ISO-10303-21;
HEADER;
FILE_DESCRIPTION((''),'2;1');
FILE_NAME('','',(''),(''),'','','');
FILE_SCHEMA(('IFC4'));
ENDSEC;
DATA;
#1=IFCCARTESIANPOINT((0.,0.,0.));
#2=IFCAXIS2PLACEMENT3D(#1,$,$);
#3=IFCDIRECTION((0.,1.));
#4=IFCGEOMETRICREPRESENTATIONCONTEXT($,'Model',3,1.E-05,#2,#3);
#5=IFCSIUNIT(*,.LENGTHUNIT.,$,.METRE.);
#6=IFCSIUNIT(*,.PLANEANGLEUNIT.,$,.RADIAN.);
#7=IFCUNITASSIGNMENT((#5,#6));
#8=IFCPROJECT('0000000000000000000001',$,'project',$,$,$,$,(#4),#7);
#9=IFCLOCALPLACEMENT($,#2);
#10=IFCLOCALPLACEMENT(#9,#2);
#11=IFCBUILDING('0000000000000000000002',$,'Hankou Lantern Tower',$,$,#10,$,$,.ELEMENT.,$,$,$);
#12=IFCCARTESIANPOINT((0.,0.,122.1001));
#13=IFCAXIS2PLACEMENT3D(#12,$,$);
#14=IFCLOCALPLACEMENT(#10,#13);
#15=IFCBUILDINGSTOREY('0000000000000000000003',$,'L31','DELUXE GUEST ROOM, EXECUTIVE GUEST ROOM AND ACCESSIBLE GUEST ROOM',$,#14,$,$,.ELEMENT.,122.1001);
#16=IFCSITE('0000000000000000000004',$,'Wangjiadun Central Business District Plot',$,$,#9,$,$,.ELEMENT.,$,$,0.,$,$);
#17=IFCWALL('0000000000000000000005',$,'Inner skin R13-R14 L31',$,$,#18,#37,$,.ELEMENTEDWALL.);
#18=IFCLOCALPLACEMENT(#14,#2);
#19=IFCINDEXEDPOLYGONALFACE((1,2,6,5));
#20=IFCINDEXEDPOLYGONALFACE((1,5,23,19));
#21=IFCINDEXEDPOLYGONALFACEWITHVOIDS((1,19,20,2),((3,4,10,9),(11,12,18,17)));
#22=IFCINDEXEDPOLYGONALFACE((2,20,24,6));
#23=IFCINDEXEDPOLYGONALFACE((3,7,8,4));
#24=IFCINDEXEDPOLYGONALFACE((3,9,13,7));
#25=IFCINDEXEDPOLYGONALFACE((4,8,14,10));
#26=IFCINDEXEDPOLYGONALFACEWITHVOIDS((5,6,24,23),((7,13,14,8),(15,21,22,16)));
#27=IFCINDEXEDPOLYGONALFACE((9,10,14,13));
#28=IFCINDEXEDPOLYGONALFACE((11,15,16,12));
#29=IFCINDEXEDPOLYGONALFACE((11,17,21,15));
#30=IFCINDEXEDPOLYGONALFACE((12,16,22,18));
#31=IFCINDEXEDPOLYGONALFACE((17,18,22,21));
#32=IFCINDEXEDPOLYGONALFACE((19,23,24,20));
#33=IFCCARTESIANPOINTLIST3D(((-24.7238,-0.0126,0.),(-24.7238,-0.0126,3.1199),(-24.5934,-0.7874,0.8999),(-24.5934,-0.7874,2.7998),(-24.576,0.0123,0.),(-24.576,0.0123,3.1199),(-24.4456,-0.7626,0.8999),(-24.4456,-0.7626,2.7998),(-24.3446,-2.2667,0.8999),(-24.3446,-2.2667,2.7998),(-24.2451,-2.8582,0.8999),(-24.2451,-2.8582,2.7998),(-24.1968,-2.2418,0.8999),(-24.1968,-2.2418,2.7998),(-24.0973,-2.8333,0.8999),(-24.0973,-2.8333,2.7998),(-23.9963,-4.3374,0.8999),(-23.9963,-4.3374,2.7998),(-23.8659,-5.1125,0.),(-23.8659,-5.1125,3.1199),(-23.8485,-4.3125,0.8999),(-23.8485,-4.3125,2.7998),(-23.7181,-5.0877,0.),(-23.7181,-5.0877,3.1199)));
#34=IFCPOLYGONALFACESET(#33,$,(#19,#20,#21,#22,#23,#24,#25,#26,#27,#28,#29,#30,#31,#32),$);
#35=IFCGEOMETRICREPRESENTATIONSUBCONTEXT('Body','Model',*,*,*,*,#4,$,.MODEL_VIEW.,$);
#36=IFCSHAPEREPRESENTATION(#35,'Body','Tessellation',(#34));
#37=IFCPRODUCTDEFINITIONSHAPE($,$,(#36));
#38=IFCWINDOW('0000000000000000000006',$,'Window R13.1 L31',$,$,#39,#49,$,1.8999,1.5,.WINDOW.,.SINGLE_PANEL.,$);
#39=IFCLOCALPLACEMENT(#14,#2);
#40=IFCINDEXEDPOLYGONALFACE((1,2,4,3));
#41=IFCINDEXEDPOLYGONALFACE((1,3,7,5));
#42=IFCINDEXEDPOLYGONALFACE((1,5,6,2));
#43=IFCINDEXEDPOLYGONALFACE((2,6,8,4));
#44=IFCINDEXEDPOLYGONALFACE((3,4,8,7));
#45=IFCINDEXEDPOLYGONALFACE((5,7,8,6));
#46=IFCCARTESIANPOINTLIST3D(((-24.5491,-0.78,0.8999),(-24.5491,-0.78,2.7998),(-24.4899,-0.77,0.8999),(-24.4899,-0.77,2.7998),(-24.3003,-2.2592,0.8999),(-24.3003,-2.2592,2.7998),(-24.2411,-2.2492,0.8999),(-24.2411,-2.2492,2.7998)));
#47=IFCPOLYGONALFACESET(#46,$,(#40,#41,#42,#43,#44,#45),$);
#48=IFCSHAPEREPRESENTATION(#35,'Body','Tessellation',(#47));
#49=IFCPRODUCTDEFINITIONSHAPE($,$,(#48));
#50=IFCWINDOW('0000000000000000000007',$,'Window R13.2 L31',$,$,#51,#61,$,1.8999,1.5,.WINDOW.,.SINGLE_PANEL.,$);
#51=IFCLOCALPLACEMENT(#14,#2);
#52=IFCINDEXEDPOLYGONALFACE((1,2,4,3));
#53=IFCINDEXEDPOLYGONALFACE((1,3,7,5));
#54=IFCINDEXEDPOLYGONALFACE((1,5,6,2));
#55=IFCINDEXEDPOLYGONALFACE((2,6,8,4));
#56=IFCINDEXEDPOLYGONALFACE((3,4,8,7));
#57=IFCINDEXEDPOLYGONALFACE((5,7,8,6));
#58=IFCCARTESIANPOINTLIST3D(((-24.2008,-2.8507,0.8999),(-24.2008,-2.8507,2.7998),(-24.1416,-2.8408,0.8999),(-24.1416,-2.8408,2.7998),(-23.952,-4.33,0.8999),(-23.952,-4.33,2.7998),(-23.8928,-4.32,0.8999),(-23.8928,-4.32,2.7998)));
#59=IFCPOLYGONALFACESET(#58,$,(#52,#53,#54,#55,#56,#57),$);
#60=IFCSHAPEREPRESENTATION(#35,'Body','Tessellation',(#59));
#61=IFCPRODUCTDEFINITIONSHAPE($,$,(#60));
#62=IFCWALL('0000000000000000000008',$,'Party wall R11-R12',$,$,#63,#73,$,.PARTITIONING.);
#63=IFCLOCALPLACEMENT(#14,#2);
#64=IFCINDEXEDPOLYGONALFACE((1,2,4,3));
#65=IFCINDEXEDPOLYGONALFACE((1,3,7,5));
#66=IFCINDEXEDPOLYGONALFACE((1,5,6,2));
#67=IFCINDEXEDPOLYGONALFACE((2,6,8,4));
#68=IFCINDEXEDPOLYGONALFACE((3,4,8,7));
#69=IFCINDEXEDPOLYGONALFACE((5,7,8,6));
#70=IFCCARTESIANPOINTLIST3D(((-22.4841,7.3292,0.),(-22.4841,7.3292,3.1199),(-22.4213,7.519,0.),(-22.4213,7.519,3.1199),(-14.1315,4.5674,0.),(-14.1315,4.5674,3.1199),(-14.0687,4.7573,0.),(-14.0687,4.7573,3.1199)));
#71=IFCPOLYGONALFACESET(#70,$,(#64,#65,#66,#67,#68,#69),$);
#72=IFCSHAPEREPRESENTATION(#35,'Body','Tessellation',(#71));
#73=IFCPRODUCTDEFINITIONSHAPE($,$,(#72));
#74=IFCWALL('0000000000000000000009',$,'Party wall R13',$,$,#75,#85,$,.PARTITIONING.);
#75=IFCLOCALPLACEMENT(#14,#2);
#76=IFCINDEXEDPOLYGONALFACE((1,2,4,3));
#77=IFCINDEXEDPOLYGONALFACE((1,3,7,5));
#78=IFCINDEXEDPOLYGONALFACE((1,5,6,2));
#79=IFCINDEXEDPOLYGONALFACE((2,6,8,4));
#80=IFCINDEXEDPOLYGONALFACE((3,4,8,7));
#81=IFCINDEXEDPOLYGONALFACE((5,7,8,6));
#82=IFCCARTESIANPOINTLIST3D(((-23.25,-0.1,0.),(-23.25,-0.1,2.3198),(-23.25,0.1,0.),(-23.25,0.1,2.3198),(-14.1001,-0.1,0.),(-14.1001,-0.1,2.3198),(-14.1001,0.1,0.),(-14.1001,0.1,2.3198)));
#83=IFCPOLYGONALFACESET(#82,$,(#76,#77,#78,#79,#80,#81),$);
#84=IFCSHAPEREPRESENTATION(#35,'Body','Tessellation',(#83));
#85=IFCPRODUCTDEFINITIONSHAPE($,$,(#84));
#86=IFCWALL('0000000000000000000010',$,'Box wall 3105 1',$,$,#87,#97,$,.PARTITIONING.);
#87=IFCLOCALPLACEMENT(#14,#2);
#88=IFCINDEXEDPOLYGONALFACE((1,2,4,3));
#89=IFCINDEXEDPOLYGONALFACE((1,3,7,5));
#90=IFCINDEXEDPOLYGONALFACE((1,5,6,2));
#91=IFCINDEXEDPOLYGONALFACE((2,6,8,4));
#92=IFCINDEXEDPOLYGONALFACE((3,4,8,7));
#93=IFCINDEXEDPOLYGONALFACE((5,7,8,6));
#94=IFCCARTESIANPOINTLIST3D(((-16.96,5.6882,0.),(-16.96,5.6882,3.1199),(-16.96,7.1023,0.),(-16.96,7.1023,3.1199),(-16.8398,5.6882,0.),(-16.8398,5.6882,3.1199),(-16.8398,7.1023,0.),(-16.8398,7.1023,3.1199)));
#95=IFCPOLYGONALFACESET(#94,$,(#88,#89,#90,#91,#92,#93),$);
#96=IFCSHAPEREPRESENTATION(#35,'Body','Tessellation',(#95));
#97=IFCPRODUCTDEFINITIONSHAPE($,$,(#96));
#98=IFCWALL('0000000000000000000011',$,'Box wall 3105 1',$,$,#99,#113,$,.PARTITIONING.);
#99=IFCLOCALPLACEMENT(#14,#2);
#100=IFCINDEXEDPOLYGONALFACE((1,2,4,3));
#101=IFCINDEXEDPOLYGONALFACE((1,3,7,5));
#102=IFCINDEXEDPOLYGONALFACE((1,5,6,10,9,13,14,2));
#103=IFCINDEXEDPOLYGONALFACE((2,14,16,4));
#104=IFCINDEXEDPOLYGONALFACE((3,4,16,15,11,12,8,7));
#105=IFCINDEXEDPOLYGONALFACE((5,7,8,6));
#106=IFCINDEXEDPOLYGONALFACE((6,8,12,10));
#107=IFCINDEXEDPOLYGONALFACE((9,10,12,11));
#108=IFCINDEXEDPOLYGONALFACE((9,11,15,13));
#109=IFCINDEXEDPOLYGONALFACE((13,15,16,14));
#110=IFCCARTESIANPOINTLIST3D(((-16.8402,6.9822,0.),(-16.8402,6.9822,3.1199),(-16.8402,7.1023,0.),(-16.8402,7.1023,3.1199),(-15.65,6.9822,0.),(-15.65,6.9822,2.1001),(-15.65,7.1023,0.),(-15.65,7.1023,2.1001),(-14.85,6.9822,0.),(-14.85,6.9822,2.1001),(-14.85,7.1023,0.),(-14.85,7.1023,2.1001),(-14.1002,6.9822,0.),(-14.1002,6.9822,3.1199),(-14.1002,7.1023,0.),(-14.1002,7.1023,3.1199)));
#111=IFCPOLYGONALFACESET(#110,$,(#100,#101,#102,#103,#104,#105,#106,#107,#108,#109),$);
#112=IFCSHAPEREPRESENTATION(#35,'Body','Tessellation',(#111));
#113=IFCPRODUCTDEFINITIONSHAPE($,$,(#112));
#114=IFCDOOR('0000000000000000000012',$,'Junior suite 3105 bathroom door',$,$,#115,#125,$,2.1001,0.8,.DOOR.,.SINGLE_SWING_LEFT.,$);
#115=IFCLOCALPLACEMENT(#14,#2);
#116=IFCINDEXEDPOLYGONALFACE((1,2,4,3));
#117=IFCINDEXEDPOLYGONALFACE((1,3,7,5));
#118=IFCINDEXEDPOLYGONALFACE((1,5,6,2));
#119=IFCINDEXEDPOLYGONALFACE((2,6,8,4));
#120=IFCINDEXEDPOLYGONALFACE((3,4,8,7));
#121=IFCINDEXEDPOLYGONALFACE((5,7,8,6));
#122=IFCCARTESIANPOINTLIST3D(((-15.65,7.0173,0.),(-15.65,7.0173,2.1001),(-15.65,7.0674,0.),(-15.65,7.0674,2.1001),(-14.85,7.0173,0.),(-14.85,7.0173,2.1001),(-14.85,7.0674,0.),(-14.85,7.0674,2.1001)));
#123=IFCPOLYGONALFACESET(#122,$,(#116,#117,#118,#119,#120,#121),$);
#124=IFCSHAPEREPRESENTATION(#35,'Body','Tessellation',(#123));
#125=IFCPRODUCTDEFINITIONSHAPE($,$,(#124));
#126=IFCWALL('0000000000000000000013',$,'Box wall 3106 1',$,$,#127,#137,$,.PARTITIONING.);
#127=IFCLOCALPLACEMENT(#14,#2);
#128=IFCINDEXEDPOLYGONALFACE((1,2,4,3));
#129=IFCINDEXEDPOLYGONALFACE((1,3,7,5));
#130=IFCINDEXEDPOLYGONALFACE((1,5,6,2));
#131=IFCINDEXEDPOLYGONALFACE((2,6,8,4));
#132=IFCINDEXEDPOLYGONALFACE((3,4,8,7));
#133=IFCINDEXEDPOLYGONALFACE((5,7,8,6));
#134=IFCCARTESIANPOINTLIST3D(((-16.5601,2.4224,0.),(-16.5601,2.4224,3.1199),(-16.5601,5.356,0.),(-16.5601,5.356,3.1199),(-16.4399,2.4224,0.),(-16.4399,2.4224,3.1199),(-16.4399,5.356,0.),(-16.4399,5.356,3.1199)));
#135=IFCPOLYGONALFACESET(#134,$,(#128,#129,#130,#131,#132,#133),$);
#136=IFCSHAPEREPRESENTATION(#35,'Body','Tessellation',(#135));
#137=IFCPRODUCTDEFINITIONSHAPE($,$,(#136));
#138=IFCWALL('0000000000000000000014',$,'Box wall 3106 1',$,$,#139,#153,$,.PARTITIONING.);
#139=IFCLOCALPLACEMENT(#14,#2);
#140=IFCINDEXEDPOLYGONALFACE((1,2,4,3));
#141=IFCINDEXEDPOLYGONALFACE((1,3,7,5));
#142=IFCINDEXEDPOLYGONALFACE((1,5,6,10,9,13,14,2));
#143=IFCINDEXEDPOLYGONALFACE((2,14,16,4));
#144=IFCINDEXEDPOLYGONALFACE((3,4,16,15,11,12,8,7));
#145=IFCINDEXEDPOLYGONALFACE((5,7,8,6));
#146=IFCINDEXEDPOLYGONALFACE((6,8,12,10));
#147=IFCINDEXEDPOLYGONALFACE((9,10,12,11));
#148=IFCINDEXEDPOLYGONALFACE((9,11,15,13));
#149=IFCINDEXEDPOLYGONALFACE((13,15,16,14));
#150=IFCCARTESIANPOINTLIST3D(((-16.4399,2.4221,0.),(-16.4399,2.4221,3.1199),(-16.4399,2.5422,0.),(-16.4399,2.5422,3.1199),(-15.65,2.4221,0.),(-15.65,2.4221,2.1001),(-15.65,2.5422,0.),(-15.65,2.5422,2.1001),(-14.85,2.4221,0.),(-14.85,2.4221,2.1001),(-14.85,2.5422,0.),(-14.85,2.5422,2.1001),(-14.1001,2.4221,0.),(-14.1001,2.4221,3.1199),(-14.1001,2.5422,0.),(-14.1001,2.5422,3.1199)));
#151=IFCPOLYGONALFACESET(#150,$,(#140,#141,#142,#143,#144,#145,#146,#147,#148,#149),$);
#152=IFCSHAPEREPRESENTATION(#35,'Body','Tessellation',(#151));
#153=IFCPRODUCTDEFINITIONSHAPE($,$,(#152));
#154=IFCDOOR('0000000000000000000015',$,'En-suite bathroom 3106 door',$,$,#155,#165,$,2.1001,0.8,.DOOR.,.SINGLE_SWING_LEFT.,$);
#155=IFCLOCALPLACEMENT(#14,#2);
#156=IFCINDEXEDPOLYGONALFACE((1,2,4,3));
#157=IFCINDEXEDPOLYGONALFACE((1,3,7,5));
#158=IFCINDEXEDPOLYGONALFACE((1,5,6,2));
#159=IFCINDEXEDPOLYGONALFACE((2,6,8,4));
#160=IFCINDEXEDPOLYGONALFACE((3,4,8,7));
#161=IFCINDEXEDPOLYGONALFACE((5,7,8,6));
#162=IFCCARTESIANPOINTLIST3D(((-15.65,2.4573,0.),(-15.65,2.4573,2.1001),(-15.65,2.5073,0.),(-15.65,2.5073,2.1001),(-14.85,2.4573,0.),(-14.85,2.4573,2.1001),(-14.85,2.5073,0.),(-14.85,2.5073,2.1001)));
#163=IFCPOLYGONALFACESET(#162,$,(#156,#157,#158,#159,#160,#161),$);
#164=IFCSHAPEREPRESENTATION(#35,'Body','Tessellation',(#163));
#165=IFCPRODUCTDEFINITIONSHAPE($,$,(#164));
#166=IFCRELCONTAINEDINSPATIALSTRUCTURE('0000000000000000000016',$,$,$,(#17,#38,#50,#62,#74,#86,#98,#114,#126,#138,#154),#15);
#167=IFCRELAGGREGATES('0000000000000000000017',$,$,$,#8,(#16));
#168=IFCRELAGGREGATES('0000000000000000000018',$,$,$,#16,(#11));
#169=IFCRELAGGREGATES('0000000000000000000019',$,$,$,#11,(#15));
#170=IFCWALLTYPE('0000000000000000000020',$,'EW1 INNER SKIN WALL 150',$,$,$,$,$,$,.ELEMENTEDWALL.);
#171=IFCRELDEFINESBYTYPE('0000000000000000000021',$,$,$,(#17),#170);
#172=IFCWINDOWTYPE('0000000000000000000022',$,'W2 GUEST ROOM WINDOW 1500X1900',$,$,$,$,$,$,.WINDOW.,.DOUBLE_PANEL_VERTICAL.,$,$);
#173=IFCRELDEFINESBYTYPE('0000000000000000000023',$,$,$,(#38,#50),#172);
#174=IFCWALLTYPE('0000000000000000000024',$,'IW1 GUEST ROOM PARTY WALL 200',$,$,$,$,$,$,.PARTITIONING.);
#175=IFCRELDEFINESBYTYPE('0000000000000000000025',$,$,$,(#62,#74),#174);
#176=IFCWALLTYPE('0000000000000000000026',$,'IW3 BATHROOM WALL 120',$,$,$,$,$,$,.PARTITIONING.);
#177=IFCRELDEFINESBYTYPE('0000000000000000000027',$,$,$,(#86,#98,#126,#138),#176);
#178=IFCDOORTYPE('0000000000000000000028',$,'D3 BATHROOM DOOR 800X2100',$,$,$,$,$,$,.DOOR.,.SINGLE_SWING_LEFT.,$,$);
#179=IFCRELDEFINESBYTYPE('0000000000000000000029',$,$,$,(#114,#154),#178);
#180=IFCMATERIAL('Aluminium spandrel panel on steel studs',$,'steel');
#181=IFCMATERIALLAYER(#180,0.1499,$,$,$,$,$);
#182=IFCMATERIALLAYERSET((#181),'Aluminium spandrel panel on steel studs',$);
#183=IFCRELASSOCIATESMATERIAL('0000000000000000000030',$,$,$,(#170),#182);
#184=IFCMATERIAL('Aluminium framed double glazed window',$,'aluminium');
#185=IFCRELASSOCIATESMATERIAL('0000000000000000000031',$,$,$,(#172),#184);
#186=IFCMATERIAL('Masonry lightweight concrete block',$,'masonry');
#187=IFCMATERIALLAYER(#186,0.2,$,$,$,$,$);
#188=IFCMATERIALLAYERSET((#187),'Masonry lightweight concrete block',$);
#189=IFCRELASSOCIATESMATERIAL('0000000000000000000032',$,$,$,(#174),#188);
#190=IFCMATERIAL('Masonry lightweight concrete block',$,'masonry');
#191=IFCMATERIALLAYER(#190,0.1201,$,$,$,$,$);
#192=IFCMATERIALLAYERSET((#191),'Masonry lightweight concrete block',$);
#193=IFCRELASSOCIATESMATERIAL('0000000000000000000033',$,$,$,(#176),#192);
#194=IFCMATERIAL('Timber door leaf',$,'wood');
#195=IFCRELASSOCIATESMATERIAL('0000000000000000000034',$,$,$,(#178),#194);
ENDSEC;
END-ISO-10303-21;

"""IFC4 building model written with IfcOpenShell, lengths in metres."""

from ifc_helpers import new_model, si_unit, direction, frame, frame_2d, origin, place, context, subcontext, project, spatial, rectangle, extrude, material, layer, layer_set, type_object, element, fill, save


model = new_model("IFC4")

# Units and contexts
model_context = context("Model", 3, precision=1e-05, world=origin(), true_north=direction((0.0, 1.0)))
body_context = subcontext(model_context, "Body", "Model", "MODEL_VIEW")
ifc_project = project(units=[si_unit("LENGTHUNIT", "METRE"), si_unit("PLANEANGLEUNIT", "RADIAN")], contexts=[model_context])

# Site, building, storey
site_placement = place(None, origin())
site = spatial("IfcSite", under=ifc_project, at=site_placement, Name="Wangjiadun Central Business District Plot", CompositionType="ELEMENT", RefElevation=0.0)
building_placement = place(site_placement, origin())
building = spatial("IfcBuilding", under=site, at=building_placement, Name="Hankou Lantern Tower", CompositionType="ELEMENT")
storey_placement = place(building_placement, frame((0.0, 0.0, 122.1001)))
storey = spatial("IfcBuildingStorey", under=building, at=storey_placement, Name="L31", Description="DELUXE GUEST ROOM, EXECUTIVE GUEST ROOM AND ACCESSIBLE GUEST ROOM", CompositionType="ELEMENT", Elevation=122.1001)

# Wall, openings, windows
ifc_material_1 = material(Name="Aluminium spandrel panel on steel studs", Category="steel")
ifc_layer_1 = layer(ifc_material_1, 0.1499)
ifc_layer_set_1 = layer_set([ifc_layer_1], Name="Aluminium spandrel panel on steel studs")
wall_type_1 = type_object("IfcWallType", Name="EW1 INNER SKIN WALL 150", PredefinedType="ELEMENTEDWALL", material=ifc_layer_set_1)
ifc_material_2 = material(Name="Aluminium framed double glazed window", Category="aluminium")
window_type = type_object("IfcWindowType", Name="W2 GUEST ROOM WINDOW 1500X1900", PartitioningType="DOUBLE_PANEL_VERTICAL", PredefinedType="WINDOW", material=ifc_material_2)
wall_1_placement = place(storey_placement, frame((-24.6499, 0.0, 0.0), z_axis=(0.0, 0.0, 1.0), x_axis=(0.165884, -0.986145, 0.0)))
wall_1 = element("IfcWall", 1, at=wall_1_placement, inside=storey, type_object=wall_type_1, Name="Inner skin R13-R14 L31", PredefinedType="ELEMENTEDWALL", context=body_context, shape_type="SweptSolid", body=[
    extrude(rectangle(XDim=5.1716, YDim=0.1499, at=frame_2d((2.5859, 0.0))), origin(), (0.0, 0.0, 1.0), 3.1199),
])
opening_1_placement = place(wall_1_placement, frame((0.7859, 0.0, 0.8999)))
opening_1 = element("IfcOpeningElement", 2, at=opening_1_placement, cuts=wall_1, PredefinedType="OPENING", context=body_context, shape_type="SweptSolid", body=[
    extrude(rectangle(XDim=1.5, YDim=1.8999, at=frame_2d((0.75, 0.95))), frame((0.0, 0.085, 0.0), z_axis=(0.0, -1.0, 0.0), x_axis=(1.0, 0.0, 0.0)), (0.0, 0.0, 1.0), 0.1699),
])
opening_2_placement = place(wall_1_placement, frame((2.8857, 0.0, 0.8999)))
opening_2 = element("IfcOpeningElement", 3, at=opening_2_placement, cuts=wall_1, PredefinedType="OPENING", context=body_context, shape_type="SweptSolid", body=[
    extrude(rectangle(XDim=1.5, YDim=1.8999, at=frame_2d((0.75, 0.95))), frame((0.0, 0.085, 0.0), z_axis=(0.0, -1.0, 0.0), x_axis=(1.0, 0.0, 0.0)), (0.0, 0.0, 1.0), 0.1699),
])
window_1_placement = place(opening_1_placement, origin())
window_1 = element("IfcWindow", 4, at=window_1_placement, inside=storey, type_object=window_type, Name="Window R13.1 L31", OverallHeight=1.8999, OverallWidth=1.5, PartitioningType="SINGLE_PANEL", PredefinedType="WINDOW", context=body_context, shape_type="SweptSolid", body=[
    extrude(rectangle(XDim=1.5, YDim=1.8999, at=frame_2d((0.75, 0.95))), frame((0.0, 0.03, 0.0), z_axis=(0.0, -1.0, 0.0), x_axis=(1.0, 0.0, 0.0)), (0.0, 0.0, 1.0), 0.0601),
])
fill(opening_1, window_1)
window_2_placement = place(opening_2_placement, origin())
window_2 = element("IfcWindow", 5, at=window_2_placement, inside=storey, type_object=window_type, Name="Window R13.2 L31", OverallHeight=1.8999, OverallWidth=1.5, PartitioningType="SINGLE_PANEL", PredefinedType="WINDOW", context=body_context, shape_type="SweptSolid", body=[
    extrude(rectangle(XDim=1.5, YDim=1.8999, at=frame_2d((0.75, 0.95))), frame((0.0, 0.03, 0.0), z_axis=(0.0, -1.0, 0.0), x_axis=(1.0, 0.0, 0.0)), (0.0, 0.0, 1.0), 0.0601),
])
fill(opening_2, window_2)

# Walls
ifc_material_3 = material(Name="Masonry lightweight concrete block", Category="masonry")
ifc_layer_2 = layer(ifc_material_3, 0.2)
ifc_layer_set_2 = layer_set([ifc_layer_2], Name="Masonry lightweight concrete block")
wall_type_2 = type_object("IfcWallType", Name="IW1 GUEST ROOM PARTY WALL 200", PredefinedType="PARTITIONING", material=ifc_layer_set_2)
wall_2_placement = place(storey_placement, frame((-14.1001, 4.6624, 0.0), z_axis=(0.0, 0.0, 1.0), x_axis=(-0.949446, 0.313929, 0.0)))
element("IfcWall", 6, at=wall_2_placement, inside=storey, type_object=wall_type_2, Name="Party wall R11-R12", PredefinedType="PARTITIONING", context=body_context, shape_type="SweptSolid", body=[
    extrude(rectangle(XDim=8.7974, YDim=0.2, at=frame_2d((4.3987, 0.0))), origin(), (0.0, 0.0, 1.0), 3.1199),
])
wall_3_placement = place(storey_placement, frame((-14.1001, 0.0, 0.0), z_axis=(0.0, 0.0, 1.0), x_axis=(-1.0, 0.0, 0.0)))
element("IfcWall", 7, at=wall_3_placement, inside=storey, type_object=wall_type_2, Name="Party wall R13", PredefinedType="PARTITIONING", context=body_context, shape_type="SweptSolid", body=[
    extrude(rectangle(XDim=9.1499, YDim=0.2, at=frame_2d((4.575, 0.0))), origin(), (0.0, 0.0, 1.0), 2.3198),
])
ifc_material_4 = material(Name="Masonry lightweight concrete block", Category="masonry")
ifc_layer_3 = layer(ifc_material_4, 0.1201)
ifc_layer_set_3 = layer_set([ifc_layer_3], Name="Masonry lightweight concrete block")
wall_type_3 = type_object("IfcWallType", Name="IW3 BATHROOM WALL 120", PredefinedType="PARTITIONING", material=ifc_layer_set_3)
wall_4_placement = place(storey_placement, frame((-16.8999, 5.6882, 0.0), z_axis=(0.0, 0.0, 1.0), x_axis=(0.0, 1.0, 0.0)))
element("IfcWall", 8, at=wall_4_placement, inside=storey, type_object=wall_type_3, Name="Box wall 3105 1", PredefinedType="PARTITIONING", context=body_context, shape_type="SweptSolid", body=[
    extrude(rectangle(XDim=1.4141, YDim=0.1201, at=frame_2d((0.707, 0.0))), origin(), (0.0, 0.0, 1.0), 3.1199),
])

# Wall, opening, door
wall_5_placement = place(storey_placement, frame((-14.1001, 7.0422, 0.0), z_axis=(0.0, 0.0, 1.0), x_axis=(-1.0, 0.0, 0.0)))
wall_5 = element("IfcWall", 9, at=wall_5_placement, inside=storey, type_object=wall_type_3, Name="Box wall 3105 1", PredefinedType="PARTITIONING", context=body_context, shape_type="SweptSolid", body=[
    extrude(rectangle(XDim=2.74, YDim=0.1201, at=frame_2d((1.3701, 0.0))), origin(), (0.0, 0.0, 1.0), 3.1199),
])
opening_3_placement = place(wall_5_placement, frame((0.75, 0.0, 0.0)))
opening_3 = element("IfcOpeningElement", 10, at=opening_3_placement, cuts=wall_5, PredefinedType="OPENING", context=body_context, shape_type="SweptSolid", body=[
    extrude(rectangle(XDim=0.8, YDim=2.1001, at=frame_2d((0.3999, 1.05))), frame((0.0, 0.0701, 0.0), z_axis=(0.0, -1.0, 0.0), x_axis=(1.0, 0.0, 0.0)), (0.0, 0.0, 1.0), 0.1401),
])
ifc_material_5 = material(Name="Timber door leaf", Category="wood")
door_type = type_object("IfcDoorType", Name="D3 BATHROOM DOOR 800X2100", OperationType="SINGLE_SWING_LEFT", PredefinedType="DOOR", material=ifc_material_5)
door_1_placement = place(opening_3_placement, origin())
door_1 = element("IfcDoor", 11, at=door_1_placement, inside=storey, type_object=door_type, Name="Junior suite 3105 bathroom door", OperationType="SINGLE_SWING_LEFT", OverallHeight=2.1001, OverallWidth=0.8, PredefinedType="DOOR", context=body_context, shape_type="SweptSolid", body=[
    extrude(rectangle(XDim=0.8, YDim=2.1001, at=frame_2d((0.3999, 1.05))), frame((0.0, 0.0249, 0.0), z_axis=(0.0, -1.0, 0.0), x_axis=(1.0, 0.0, 0.0)), (0.0, 0.0, 1.0), 0.05),
])
fill(opening_3, door_1)

# Wall
wall_6_placement = place(storey_placement, frame((-16.5, 5.356, 0.0), z_axis=(0.0, 0.0, 1.0), x_axis=(0.0, -1.0, 0.0)))
element("IfcWall", 12, at=wall_6_placement, inside=storey, type_object=wall_type_3, Name="Box wall 3106 1", PredefinedType="PARTITIONING", context=body_context, shape_type="SweptSolid", body=[
    extrude(rectangle(XDim=2.9336, YDim=0.1201, at=frame_2d((1.4668, 0.0))), origin(), (0.0, 0.0, 1.0), 3.1199),
])

# Wall, opening, door
wall_7_placement = place(storey_placement, frame((-14.1001, 2.4822, 0.0), z_axis=(0.0, 0.0, 1.0), x_axis=(-1.0, 0.0, 0.0)))
wall_7 = element("IfcWall", 13, at=wall_7_placement, inside=storey, type_object=wall_type_3, Name="Box wall 3106 1", PredefinedType="PARTITIONING", context=body_context, shape_type="SweptSolid", body=[
    extrude(rectangle(XDim=2.3398, YDim=0.1201, at=frame_2d((1.1699, 0.0))), origin(), (0.0, 0.0, 1.0), 3.1199),
])
opening_4_placement = place(wall_7_placement, frame((0.75, 0.0, 0.0)))
opening_4 = element("IfcOpeningElement", 14, at=opening_4_placement, cuts=wall_7, PredefinedType="OPENING", context=body_context, shape_type="SweptSolid", body=[
    extrude(rectangle(XDim=0.8, YDim=2.1001, at=frame_2d((0.3999, 1.05))), frame((0.0, 0.0701, 0.0), z_axis=(0.0, -1.0, 0.0), x_axis=(1.0, 0.0, 0.0)), (0.0, 0.0, 1.0), 0.1401),
])
door_2_placement = place(opening_4_placement, origin())
door_2 = element("IfcDoor", 15, at=door_2_placement, inside=storey, type_object=door_type, Name="En-suite bathroom 3106 door", OperationType="SINGLE_SWING_LEFT", OverallHeight=2.1001, OverallWidth=0.8, PredefinedType="DOOR", context=body_context, shape_type="SweptSolid", body=[
    extrude(rectangle(XDim=0.8, YDim=2.1001, at=frame_2d((0.3999, 1.05))), frame((0.0, 0.0249, 0.0), z_axis=(0.0, -1.0, 0.0), x_axis=(1.0, 0.0, 0.0)), (0.0, 0.0, 1.0), 0.05),
])
fill(opening_4, door_2)

save(model, "model.ifc")
